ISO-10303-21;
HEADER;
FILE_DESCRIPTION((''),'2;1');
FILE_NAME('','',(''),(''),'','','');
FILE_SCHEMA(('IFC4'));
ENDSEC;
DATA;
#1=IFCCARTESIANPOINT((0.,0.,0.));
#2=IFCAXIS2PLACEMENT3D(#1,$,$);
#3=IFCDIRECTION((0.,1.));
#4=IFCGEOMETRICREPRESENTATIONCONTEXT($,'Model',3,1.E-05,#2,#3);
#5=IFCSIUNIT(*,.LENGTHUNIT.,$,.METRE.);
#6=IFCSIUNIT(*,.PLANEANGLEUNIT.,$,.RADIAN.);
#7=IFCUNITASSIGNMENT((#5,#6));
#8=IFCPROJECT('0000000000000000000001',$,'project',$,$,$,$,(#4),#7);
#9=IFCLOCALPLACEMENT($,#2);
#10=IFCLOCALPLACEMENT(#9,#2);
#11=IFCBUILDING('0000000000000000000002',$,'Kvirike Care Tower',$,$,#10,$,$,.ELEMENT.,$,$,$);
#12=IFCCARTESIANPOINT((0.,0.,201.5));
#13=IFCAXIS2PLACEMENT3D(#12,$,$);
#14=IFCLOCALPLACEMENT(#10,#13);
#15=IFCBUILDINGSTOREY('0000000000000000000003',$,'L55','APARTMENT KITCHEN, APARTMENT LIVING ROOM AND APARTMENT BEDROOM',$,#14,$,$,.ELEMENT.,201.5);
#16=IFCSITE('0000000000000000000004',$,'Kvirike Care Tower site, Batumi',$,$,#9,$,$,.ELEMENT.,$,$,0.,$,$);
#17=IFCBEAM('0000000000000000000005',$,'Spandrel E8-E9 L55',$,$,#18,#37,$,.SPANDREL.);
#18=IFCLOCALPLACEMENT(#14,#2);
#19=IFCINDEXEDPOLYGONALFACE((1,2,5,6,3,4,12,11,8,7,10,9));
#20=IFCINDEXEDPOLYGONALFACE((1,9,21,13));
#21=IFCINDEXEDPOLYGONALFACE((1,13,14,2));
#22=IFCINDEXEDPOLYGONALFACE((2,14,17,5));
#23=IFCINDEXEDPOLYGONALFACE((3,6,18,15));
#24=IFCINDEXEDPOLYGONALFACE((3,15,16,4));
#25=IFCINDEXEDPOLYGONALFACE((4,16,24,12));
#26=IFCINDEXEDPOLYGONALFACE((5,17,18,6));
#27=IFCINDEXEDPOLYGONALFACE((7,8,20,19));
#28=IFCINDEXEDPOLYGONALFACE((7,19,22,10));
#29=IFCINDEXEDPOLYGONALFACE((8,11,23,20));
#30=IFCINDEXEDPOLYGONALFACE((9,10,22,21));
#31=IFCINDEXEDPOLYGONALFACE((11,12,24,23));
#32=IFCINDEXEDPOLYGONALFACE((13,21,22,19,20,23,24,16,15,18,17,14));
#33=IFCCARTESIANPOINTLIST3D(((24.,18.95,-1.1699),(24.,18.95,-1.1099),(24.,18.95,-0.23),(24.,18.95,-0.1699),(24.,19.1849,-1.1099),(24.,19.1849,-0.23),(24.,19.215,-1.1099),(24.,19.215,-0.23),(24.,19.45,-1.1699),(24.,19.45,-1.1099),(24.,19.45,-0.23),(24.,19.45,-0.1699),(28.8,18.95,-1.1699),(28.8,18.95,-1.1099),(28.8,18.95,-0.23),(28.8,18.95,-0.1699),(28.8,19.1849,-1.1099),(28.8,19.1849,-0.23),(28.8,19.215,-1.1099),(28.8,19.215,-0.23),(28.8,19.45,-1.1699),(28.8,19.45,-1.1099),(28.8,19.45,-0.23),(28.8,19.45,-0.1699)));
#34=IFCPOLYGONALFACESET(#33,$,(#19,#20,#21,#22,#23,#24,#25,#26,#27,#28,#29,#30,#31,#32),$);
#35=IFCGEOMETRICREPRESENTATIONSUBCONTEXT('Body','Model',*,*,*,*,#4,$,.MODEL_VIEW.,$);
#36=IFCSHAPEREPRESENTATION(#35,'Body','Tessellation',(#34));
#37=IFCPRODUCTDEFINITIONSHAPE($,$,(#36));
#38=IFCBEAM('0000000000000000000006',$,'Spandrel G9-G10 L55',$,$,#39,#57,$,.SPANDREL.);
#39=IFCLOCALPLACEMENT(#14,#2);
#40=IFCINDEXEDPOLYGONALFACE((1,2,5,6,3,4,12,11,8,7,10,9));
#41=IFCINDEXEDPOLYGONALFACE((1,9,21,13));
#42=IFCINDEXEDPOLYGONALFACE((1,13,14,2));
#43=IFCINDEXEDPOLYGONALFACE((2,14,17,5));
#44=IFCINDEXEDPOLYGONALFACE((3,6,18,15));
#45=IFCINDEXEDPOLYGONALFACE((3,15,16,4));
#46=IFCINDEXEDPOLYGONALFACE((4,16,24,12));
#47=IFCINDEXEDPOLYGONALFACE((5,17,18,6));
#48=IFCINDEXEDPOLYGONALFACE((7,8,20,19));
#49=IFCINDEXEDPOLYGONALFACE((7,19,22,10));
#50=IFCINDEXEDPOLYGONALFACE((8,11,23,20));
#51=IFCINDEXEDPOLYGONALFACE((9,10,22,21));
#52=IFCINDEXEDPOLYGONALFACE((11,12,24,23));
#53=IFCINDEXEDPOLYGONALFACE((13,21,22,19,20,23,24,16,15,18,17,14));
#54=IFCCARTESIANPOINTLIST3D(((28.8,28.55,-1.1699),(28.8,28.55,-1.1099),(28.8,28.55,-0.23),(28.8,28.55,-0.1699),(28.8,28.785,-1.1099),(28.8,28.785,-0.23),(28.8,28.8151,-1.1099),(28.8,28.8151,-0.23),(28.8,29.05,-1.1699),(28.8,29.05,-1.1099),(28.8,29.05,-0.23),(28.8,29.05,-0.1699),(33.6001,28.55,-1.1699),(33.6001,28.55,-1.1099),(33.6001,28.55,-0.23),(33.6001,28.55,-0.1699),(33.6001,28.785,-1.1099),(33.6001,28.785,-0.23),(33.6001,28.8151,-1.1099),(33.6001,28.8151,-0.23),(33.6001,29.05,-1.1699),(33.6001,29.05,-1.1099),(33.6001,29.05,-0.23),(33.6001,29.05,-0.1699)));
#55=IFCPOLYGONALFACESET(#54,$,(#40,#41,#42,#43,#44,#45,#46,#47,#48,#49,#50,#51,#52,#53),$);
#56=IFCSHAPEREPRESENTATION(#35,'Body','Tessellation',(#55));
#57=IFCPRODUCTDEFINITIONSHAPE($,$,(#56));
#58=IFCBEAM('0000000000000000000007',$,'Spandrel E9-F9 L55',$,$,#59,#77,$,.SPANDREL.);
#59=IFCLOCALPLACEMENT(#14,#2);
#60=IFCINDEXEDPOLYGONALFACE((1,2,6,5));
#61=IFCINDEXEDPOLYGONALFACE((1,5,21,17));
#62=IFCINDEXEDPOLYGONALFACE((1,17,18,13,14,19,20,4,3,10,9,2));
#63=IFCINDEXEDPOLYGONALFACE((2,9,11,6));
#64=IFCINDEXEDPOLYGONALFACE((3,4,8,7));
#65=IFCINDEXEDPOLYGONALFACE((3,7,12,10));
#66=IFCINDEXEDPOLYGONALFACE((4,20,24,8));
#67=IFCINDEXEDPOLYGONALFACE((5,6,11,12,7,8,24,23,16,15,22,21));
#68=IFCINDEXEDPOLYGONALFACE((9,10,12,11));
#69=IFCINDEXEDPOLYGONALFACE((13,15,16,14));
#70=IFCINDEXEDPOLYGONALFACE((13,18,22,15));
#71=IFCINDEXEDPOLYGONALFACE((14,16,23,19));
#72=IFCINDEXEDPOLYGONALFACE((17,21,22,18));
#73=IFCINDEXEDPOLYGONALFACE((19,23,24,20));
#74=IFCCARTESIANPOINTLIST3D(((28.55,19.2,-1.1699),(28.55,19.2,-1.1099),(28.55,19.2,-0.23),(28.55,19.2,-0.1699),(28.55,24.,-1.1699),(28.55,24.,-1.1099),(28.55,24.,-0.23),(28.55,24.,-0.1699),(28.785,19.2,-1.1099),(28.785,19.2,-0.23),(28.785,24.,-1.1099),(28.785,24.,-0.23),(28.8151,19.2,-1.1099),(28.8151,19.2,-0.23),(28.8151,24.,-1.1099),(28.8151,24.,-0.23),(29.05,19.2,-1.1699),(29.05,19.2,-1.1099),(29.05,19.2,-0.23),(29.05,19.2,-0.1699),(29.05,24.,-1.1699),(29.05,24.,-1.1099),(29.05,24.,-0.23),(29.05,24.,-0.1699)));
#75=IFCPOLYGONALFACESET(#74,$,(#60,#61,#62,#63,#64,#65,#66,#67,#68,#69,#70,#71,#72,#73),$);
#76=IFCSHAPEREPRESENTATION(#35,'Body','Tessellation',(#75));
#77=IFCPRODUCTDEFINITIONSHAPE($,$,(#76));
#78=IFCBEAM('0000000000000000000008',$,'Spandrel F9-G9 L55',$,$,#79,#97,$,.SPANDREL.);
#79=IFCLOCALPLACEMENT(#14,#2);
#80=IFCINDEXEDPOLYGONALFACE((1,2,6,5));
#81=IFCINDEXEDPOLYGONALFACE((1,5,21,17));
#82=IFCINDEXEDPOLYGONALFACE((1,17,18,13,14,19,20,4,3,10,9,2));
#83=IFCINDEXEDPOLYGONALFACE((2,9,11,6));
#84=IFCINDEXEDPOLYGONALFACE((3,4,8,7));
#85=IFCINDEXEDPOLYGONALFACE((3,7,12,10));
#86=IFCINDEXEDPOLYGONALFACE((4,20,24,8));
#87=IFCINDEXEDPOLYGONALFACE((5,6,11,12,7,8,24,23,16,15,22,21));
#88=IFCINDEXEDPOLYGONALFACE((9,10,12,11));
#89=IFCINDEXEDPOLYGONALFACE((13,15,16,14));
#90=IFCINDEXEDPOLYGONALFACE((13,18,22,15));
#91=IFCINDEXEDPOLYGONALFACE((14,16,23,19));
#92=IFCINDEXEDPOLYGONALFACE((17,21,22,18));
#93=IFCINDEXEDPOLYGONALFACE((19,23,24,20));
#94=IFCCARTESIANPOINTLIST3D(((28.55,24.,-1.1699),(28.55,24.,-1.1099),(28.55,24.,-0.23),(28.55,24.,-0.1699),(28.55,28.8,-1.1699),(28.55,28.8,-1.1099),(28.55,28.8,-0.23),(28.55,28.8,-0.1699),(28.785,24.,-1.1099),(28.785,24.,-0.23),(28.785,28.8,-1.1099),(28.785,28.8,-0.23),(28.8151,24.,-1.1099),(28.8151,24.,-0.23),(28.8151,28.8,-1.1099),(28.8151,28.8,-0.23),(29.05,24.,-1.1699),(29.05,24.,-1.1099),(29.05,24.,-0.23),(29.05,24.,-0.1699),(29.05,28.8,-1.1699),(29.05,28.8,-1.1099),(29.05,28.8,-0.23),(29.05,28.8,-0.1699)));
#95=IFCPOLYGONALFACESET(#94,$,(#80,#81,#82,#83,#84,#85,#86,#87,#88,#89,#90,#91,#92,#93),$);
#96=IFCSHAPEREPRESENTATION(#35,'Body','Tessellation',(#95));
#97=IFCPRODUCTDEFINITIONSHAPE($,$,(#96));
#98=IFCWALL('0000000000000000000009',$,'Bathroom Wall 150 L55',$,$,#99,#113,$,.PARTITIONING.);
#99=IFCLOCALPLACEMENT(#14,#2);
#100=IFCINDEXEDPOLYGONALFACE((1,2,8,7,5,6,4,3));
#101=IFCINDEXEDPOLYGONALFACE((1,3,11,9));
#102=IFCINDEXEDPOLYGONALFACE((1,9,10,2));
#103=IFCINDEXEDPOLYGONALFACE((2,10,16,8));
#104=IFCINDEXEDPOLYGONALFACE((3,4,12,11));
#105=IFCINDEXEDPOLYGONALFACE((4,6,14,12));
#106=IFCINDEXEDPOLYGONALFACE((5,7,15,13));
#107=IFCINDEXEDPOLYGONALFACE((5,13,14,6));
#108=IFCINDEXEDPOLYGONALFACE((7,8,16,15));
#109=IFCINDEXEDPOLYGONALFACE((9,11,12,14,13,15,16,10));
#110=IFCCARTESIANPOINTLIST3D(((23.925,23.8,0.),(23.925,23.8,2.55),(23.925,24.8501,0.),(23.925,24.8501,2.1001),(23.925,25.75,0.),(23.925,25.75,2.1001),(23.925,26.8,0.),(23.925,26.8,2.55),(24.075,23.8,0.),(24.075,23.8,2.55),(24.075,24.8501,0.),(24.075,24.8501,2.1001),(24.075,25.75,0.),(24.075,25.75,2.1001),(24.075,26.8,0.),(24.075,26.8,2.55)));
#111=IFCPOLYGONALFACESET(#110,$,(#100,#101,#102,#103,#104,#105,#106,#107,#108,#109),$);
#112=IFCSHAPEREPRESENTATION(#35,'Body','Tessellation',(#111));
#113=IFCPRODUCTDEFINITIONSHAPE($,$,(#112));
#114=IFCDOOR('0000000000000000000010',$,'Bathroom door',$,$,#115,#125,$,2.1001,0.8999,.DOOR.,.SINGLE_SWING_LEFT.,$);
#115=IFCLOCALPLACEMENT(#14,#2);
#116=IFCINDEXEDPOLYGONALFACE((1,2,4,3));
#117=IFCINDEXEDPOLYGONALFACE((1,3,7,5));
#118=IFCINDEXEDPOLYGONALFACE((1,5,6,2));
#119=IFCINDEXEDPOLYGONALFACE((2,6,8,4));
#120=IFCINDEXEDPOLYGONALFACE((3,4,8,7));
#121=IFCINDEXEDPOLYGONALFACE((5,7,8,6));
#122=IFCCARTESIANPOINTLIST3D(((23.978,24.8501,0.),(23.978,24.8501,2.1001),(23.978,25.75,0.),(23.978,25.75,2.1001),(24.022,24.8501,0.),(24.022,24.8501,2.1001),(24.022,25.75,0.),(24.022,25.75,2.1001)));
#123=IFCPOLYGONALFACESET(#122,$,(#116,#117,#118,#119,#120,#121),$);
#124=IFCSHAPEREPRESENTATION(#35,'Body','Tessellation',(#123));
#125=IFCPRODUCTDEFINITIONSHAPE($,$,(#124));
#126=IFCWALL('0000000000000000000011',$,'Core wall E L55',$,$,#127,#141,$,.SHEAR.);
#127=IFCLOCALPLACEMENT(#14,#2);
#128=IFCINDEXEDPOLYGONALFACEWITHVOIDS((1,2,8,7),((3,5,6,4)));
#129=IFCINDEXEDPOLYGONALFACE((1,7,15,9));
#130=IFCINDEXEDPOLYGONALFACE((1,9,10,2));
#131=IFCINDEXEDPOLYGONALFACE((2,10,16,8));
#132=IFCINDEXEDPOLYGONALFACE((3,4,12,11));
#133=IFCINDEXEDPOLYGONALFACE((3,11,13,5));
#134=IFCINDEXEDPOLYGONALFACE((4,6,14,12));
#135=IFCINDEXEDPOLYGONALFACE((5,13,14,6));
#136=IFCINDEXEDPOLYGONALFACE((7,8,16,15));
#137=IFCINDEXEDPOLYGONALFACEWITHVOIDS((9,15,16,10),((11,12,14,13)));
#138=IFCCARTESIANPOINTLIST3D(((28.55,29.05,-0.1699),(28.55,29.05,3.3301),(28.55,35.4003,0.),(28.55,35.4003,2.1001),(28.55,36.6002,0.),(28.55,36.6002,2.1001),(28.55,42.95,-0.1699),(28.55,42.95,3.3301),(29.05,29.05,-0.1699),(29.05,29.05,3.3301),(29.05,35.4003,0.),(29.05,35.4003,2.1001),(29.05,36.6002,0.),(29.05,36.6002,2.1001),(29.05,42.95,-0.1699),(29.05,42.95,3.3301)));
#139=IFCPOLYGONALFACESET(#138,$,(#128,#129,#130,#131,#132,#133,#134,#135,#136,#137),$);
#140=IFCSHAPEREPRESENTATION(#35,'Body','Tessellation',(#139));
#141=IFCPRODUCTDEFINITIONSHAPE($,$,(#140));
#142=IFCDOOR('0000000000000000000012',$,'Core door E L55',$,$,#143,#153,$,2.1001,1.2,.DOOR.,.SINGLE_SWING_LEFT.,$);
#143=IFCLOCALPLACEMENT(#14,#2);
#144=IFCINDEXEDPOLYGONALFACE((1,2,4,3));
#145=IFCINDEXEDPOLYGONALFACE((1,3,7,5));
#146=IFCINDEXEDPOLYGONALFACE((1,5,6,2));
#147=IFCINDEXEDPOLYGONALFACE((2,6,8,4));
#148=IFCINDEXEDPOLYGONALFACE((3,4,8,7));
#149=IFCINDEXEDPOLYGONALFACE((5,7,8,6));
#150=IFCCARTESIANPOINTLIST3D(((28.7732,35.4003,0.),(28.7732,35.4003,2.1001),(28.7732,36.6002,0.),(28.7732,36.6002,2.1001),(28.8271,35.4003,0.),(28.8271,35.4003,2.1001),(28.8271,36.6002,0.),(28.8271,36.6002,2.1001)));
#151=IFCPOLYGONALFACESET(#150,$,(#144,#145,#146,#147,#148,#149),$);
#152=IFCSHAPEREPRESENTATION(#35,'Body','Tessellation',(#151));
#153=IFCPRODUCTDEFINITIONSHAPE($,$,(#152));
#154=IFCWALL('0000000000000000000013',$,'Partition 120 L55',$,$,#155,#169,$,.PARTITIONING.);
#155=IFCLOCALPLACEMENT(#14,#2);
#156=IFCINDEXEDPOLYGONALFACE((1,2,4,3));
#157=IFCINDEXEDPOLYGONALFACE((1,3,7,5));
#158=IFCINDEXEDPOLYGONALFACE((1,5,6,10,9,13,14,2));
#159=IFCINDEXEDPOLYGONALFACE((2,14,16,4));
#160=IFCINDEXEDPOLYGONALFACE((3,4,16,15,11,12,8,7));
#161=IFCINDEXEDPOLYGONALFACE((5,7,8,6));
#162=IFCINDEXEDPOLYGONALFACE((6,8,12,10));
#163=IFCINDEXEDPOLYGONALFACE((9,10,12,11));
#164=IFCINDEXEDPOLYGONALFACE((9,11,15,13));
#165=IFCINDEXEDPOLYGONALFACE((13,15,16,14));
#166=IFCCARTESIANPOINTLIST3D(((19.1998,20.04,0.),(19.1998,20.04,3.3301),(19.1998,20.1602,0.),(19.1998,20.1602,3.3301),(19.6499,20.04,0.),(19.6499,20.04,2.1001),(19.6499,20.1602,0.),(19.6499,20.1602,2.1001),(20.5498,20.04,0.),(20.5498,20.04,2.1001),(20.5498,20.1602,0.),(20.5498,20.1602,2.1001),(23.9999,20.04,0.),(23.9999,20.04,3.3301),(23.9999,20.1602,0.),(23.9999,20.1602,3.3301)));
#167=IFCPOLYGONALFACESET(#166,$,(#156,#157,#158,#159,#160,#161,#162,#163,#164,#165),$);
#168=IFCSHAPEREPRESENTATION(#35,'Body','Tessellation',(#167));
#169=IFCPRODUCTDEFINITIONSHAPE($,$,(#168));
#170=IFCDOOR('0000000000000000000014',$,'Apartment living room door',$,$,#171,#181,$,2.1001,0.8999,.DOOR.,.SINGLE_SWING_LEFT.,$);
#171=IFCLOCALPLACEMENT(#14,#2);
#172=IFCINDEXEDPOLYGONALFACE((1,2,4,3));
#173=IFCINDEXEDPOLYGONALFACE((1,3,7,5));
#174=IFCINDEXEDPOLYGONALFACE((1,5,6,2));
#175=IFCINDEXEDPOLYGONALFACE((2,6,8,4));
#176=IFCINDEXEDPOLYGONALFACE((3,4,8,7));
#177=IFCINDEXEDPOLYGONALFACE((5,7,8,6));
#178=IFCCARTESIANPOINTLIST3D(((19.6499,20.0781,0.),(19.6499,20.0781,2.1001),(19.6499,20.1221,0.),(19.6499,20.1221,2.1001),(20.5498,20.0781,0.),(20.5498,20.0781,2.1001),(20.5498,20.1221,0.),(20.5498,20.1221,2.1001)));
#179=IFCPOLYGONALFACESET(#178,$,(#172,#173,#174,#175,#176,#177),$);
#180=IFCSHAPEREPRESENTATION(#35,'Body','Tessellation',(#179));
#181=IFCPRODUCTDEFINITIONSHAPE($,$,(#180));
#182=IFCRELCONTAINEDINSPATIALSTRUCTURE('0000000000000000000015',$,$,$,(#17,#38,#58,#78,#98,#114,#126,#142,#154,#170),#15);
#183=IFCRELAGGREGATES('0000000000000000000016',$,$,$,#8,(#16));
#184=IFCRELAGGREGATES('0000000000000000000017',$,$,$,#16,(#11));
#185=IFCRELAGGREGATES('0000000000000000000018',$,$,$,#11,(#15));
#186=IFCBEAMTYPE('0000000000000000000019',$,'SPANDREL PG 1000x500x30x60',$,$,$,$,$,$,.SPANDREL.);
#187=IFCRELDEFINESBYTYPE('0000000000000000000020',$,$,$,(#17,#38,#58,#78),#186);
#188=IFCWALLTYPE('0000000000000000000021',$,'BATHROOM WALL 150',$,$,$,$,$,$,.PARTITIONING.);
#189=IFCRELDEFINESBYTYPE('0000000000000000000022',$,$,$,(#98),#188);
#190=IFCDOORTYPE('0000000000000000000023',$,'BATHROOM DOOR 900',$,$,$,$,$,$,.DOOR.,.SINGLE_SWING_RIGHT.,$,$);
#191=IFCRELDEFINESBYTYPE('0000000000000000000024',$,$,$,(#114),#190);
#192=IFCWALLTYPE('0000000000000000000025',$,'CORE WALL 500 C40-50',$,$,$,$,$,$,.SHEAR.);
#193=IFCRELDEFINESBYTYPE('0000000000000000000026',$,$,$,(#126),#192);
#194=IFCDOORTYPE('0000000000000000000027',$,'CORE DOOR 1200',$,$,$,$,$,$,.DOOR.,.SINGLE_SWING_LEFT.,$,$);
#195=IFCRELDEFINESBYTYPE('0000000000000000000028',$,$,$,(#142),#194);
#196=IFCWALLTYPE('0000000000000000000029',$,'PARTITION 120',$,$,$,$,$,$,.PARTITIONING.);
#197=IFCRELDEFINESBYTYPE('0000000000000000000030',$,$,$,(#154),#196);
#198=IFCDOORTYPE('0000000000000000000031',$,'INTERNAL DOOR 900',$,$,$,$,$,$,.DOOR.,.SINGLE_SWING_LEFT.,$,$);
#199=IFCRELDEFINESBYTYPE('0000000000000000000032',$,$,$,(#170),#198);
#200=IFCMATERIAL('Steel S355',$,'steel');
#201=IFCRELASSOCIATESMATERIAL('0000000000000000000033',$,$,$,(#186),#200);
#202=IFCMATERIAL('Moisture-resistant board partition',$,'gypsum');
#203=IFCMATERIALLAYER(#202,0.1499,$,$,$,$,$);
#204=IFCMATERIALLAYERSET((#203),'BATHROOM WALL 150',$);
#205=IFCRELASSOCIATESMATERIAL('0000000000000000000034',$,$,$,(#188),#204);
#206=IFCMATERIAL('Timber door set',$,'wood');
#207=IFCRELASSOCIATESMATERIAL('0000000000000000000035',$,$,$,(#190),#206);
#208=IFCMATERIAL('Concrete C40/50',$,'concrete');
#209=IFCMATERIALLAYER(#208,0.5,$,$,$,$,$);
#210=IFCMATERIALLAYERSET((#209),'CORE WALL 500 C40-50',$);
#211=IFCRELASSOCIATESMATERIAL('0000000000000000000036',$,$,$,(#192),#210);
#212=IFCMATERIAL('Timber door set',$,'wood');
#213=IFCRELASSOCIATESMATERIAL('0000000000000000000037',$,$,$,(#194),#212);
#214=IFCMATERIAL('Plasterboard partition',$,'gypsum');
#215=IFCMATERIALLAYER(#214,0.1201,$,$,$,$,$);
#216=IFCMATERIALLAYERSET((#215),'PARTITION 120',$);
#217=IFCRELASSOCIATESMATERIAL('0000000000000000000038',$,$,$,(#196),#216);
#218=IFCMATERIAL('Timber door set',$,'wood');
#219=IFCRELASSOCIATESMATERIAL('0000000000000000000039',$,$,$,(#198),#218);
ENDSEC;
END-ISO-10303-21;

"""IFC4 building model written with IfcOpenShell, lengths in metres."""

from ifc_helpers import new_model, si_unit, direction, frame, frame_2d, origin, origin_2d, place, context, subcontext, project, spatial, rectangle, i_section, extrude, material, layer, layer_set, material_profile, profile_set, type_object, element, fill, save


model = new_model("IFC4")

# Units and contexts
model_context = context("Model", 3, precision=1e-05, world=origin(), true_north=direction((0.0, 1.0)))
body_context = subcontext(model_context, "Body", "Model", "MODEL_VIEW")
ifc_project = project(units=[si_unit("LENGTHUNIT", "METRE"), si_unit("PLANEANGLEUNIT", "RADIAN")], contexts=[model_context])

# Site, building, storey
site_placement = place(None, origin())
site = spatial("IfcSite", under=ifc_project, at=site_placement, Name="Kvirike Care Tower site, Batumi", CompositionType="ELEMENT", RefElevation=0.0)
building_placement = place(site_placement, origin())
building = spatial("IfcBuilding", under=site, at=building_placement, Name="Kvirike Care Tower", CompositionType="ELEMENT")
storey_placement = place(building_placement, frame((0.0, 0.0, 201.5)))
storey = spatial("IfcBuildingStorey", under=building, at=storey_placement, Name="L55", Description="APARTMENT KITCHEN, APARTMENT LIVING ROOM AND APARTMENT BEDROOM", CompositionType="ELEMENT", Elevation=201.5)

# Beams
ifc_material_1 = material(Name="Steel S355", Category="steel")
ifc_material_profile_1 = material_profile(ifc_material_1, i_section(OverallWidth=0.5, OverallDepth=1.0, WebThickness=0.03, FlangeThickness=0.0601, at=origin_2d()), Name="PG 1000x500x30x60")
ifc_profile_set_1 = profile_set([ifc_material_profile_1], Name="Steel S355")
beam_type_1 = type_object("IfcBeamType", Name="SPANDREL PG 1000x500x30x60", PredefinedType="SPANDREL", material=ifc_profile_set_1)
for number, where, z_axis, x_axis, name in (
    (1, (24.0, 19.2, -0.6699), (1.0, 0.0, 0.0), (0.0, 1.0, 0.0), "Spandrel E8-E9 L55"),
    (2, (28.8, 28.8, -0.6699), (1.0, 0.0, 0.0), (0.0, 1.0, 0.0), "Spandrel G9-G10 L55"),
    (3, (28.8, 19.2, -0.6699), (0.0, 1.0, 0.0), (-1.0, 0.0, 0.0), "Spandrel E9-F9 L55"),
    (4, (28.8, 24.0, -0.6699), (0.0, 1.0, 0.0), (-1.0, 0.0, 0.0), "Spandrel F9-G9 L55"),
):
    element("IfcBeam", number, at=place(storey_placement, frame(where, z_axis=z_axis, x_axis=x_axis)), inside=storey, type_object=beam_type_1, Name=name, PredefinedType="SPANDREL", context=body_context, shape_type="SweptSolid", body=[
        extrude(i_section(OverallWidth=0.5, OverallDepth=1.0, WebThickness=0.03, FlangeThickness=0.0601, at=origin_2d()), origin(), (0.0, 0.0, 1.0), 4.8),
    ])

# Walls, openings, doors
ifc_material_2 = material(Name="Moisture-resistant board partition", Category="gypsum")
ifc_layer_1 = layer(ifc_material_2, 0.1499)
ifc_layer_set_1 = layer_set([ifc_layer_1], Name="BATHROOM WALL 150")
wall_type_1 = type_object("IfcWallType", Name="BATHROOM WALL 150", PredefinedType="PARTITIONING", material=ifc_layer_set_1)
wall_1_placement = place(storey_placement, frame((24.0, 23.8, 0.0), z_axis=(0.0, 0.0, 1.0), x_axis=(0.0, 1.0, 0.0)))
wall_1 = element("IfcWall", 5, at=wall_1_placement, inside=storey, type_object=wall_type_1, Name="Bathroom Wall 150 L55", PredefinedType="PARTITIONING", context=body_context, shape_type="SweptSolid", body=[
    extrude(rectangle(XDim=3.0, YDim=0.1499, at=frame_2d((1.5, 0.0))), origin(), (0.0, 0.0, 1.0), 2.55),
])
opening_1_placement = place(wall_1_placement, frame((1.05, 0.0, 0.0)))
opening_1 = element("IfcOpeningElement", 6, at=opening_1_placement, cuts=wall_1, PredefinedType="OPENING", context=body_context, shape_type="SweptSolid", body=[
    extrude(rectangle(XDim=0.8999, YDim=2.1001, at=frame_2d((0.45, 1.05))), frame((0.0, 0.0854, 0.0), z_axis=(0.0, -1.0, 0.0), x_axis=(1.0, 0.0, 0.0)), (0.0, 0.0, 1.0), 0.1709),
])
ifc_material_3 = material(Name="Timber door set", Category="wood")
door_type_1 = type_object("IfcDoorType", Name="BATHROOM DOOR 900", OperationType="SINGLE_SWING_RIGHT", PredefinedType="DOOR", material=ifc_material_3)
door_1_placement = place(opening_1_placement, frame((0.8999, 0.0, 0.0), z_axis=(0.0, 0.0, 1.0), x_axis=(-1.0, 0.0, 0.0)))
door_1 = element("IfcDoor", 7, at=door_1_placement, inside=storey, type_object=door_type_1, Name="Bathroom door", OperationType="SINGLE_SWING_LEFT", OverallHeight=2.1001, OverallWidth=0.8999, PredefinedType="DOOR", context=body_context, shape_type="SweptSolid", body=[
    extrude(rectangle(XDim=0.8999, YDim=2.1001, at=frame_2d((0.45, 1.05))), frame((0.0, 0.022, 0.0), z_axis=(0.0, -1.0, 0.0), x_axis=(1.0, 0.0, 0.0)), (0.0, 0.0, 1.0), 0.0439),
])
fill(opening_1, door_1)
ifc_material_4 = material(Name="Concrete C40/50", Category="concrete")
ifc_layer_2 = layer(ifc_material_4, 0.5)
ifc_layer_set_2 = layer_set([ifc_layer_2], Name="CORE WALL 500 C40-50")
wall_type_2 = type_object("IfcWallType", Name="CORE WALL 500 C40-50", PredefinedType="SHEAR", material=ifc_layer_set_2)
wall_2_placement = place(storey_placement, frame((28.8, 29.05, -0.1699), z_axis=(0.0, 0.0, 1.0), x_axis=(0.0, 1.0, 0.0)))
wall_2 = element("IfcWall", 8, at=wall_2_placement, inside=storey, type_object=wall_type_2, Name="Core wall E L55", PredefinedType="SHEAR", context=body_context, shape_type="SweptSolid", body=[
    extrude(rectangle(XDim=13.8999, YDim=0.5, at=frame_2d((6.95, 0.0))), origin(), (0.0, 0.0, 1.0), 3.5),
])
opening_2_placement = place(wall_2_placement, frame((6.3501, 0.0, 0.1699)))
opening_2 = element("IfcOpeningElement", 9, at=opening_2_placement, cuts=wall_2, PredefinedType="OPENING", context=body_context, shape_type="SweptSolid", body=[
    extrude(rectangle(XDim=1.2, YDim=2.1001, at=frame_2d((0.6001, 1.05))), frame((0.0, 0.2605, 0.0), z_axis=(0.0, -1.0, 0.0), x_axis=(1.0, 0.0, 0.0)), (0.0, 0.0, 1.0), 0.521),
])
ifc_material_5 = material(Name="Timber door set", Category="wood")
door_type_2 = type_object("IfcDoorType", Name="CORE DOOR 1200", OperationType="SINGLE_SWING_LEFT", PredefinedType="DOOR", material=ifc_material_5)
door_2_placement = place(opening_2_placement, origin())
door_2 = element("IfcDoor", 10, at=door_2_placement, inside=storey, type_object=door_type_2, Name="Core door E L55", OperationType="SINGLE_SWING_LEFT", OverallHeight=2.1001, OverallWidth=1.2, PredefinedType="DOOR", context=body_context, shape_type="SweptSolid", body=[
    extrude(rectangle(XDim=1.2, YDim=2.1001, at=frame_2d((0.6001, 1.05))), frame((0.0, 0.0269, 0.0), z_axis=(0.0, -1.0, 0.0), x_axis=(1.0, 0.0, 0.0)), (0.0, 0.0, 1.0), 0.054),
])
fill(opening_2, door_2)
ifc_material_6 = material(Name="Plasterboard partition", Category="gypsum")
ifc_layer_3 = layer(ifc_material_6, 0.1201)
ifc_layer_set_3 = layer_set([ifc_layer_3], Name="PARTITION 120")
wall_type_3 = type_object("IfcWallType", Name="PARTITION 120", PredefinedType="PARTITIONING", material=ifc_layer_set_3)
wall_3_placement = place(storey_placement, frame((19.2, 20.1001, 0.0), z_axis=(0.0, 0.0, 1.0), x_axis=(1.0, 0.0, 0.0)))
wall_3 = element("IfcWall", 11, at=wall_3_placement, inside=storey, type_object=wall_type_3, Name="Partition 120 L55", PredefinedType="PARTITIONING", context=body_context, shape_type="SweptSolid", body=[
    extrude(rectangle(XDim=4.8, YDim=0.1201, at=frame_2d((2.3999, 0.0))), origin(), (0.0, 0.0, 1.0), 3.3301),
])
opening_3_placement = place(wall_3_placement, frame((0.45, 0.0, 0.0)))
opening_3 = element("IfcOpeningElement", 12, at=opening_3_placement, cuts=wall_3, PredefinedType="OPENING", context=body_context, shape_type="SweptSolid", body=[
    extrude(rectangle(XDim=0.8999, YDim=2.1001, at=frame_2d((0.45, 1.05))), frame((0.0, 0.0706, 0.0), z_axis=(0.0, -1.0, 0.0), x_axis=(1.0, 0.0, 0.0)), (0.0, 0.0, 1.0), 0.1411),
])
ifc_material_7 = material(Name="Timber door set", Category="wood")
door_type_3 = type_object("IfcDoorType", Name="INTERNAL DOOR 900", OperationType="SINGLE_SWING_LEFT", PredefinedType="DOOR", material=ifc_material_7)
door_3_placement = place(opening_3_placement, frame((0.8999, 0.0, 0.0), z_axis=(0.0, 0.0, 1.0), x_axis=(-1.0, 0.0, 0.0)))
door_3 = element("IfcDoor", 13, at=door_3_placement, inside=storey, type_object=door_type_3, Name="Apartment living room door", OperationType="SINGLE_SWING_LEFT", OverallHeight=2.1001, OverallWidth=0.8999, PredefinedType="DOOR", context=body_context, shape_type="SweptSolid", body=[
    extrude(rectangle(XDim=0.8999, YDim=2.1001, at=frame_2d((0.45, 1.05))), frame((0.0, 0.022, 0.0), z_axis=(0.0, -1.0, 0.0), x_axis=(1.0, 0.0, 0.0)), (0.0, 0.0, 1.0), 0.0439),
])
fill(opening_3, door_3)

save(model, "model.ifc")
